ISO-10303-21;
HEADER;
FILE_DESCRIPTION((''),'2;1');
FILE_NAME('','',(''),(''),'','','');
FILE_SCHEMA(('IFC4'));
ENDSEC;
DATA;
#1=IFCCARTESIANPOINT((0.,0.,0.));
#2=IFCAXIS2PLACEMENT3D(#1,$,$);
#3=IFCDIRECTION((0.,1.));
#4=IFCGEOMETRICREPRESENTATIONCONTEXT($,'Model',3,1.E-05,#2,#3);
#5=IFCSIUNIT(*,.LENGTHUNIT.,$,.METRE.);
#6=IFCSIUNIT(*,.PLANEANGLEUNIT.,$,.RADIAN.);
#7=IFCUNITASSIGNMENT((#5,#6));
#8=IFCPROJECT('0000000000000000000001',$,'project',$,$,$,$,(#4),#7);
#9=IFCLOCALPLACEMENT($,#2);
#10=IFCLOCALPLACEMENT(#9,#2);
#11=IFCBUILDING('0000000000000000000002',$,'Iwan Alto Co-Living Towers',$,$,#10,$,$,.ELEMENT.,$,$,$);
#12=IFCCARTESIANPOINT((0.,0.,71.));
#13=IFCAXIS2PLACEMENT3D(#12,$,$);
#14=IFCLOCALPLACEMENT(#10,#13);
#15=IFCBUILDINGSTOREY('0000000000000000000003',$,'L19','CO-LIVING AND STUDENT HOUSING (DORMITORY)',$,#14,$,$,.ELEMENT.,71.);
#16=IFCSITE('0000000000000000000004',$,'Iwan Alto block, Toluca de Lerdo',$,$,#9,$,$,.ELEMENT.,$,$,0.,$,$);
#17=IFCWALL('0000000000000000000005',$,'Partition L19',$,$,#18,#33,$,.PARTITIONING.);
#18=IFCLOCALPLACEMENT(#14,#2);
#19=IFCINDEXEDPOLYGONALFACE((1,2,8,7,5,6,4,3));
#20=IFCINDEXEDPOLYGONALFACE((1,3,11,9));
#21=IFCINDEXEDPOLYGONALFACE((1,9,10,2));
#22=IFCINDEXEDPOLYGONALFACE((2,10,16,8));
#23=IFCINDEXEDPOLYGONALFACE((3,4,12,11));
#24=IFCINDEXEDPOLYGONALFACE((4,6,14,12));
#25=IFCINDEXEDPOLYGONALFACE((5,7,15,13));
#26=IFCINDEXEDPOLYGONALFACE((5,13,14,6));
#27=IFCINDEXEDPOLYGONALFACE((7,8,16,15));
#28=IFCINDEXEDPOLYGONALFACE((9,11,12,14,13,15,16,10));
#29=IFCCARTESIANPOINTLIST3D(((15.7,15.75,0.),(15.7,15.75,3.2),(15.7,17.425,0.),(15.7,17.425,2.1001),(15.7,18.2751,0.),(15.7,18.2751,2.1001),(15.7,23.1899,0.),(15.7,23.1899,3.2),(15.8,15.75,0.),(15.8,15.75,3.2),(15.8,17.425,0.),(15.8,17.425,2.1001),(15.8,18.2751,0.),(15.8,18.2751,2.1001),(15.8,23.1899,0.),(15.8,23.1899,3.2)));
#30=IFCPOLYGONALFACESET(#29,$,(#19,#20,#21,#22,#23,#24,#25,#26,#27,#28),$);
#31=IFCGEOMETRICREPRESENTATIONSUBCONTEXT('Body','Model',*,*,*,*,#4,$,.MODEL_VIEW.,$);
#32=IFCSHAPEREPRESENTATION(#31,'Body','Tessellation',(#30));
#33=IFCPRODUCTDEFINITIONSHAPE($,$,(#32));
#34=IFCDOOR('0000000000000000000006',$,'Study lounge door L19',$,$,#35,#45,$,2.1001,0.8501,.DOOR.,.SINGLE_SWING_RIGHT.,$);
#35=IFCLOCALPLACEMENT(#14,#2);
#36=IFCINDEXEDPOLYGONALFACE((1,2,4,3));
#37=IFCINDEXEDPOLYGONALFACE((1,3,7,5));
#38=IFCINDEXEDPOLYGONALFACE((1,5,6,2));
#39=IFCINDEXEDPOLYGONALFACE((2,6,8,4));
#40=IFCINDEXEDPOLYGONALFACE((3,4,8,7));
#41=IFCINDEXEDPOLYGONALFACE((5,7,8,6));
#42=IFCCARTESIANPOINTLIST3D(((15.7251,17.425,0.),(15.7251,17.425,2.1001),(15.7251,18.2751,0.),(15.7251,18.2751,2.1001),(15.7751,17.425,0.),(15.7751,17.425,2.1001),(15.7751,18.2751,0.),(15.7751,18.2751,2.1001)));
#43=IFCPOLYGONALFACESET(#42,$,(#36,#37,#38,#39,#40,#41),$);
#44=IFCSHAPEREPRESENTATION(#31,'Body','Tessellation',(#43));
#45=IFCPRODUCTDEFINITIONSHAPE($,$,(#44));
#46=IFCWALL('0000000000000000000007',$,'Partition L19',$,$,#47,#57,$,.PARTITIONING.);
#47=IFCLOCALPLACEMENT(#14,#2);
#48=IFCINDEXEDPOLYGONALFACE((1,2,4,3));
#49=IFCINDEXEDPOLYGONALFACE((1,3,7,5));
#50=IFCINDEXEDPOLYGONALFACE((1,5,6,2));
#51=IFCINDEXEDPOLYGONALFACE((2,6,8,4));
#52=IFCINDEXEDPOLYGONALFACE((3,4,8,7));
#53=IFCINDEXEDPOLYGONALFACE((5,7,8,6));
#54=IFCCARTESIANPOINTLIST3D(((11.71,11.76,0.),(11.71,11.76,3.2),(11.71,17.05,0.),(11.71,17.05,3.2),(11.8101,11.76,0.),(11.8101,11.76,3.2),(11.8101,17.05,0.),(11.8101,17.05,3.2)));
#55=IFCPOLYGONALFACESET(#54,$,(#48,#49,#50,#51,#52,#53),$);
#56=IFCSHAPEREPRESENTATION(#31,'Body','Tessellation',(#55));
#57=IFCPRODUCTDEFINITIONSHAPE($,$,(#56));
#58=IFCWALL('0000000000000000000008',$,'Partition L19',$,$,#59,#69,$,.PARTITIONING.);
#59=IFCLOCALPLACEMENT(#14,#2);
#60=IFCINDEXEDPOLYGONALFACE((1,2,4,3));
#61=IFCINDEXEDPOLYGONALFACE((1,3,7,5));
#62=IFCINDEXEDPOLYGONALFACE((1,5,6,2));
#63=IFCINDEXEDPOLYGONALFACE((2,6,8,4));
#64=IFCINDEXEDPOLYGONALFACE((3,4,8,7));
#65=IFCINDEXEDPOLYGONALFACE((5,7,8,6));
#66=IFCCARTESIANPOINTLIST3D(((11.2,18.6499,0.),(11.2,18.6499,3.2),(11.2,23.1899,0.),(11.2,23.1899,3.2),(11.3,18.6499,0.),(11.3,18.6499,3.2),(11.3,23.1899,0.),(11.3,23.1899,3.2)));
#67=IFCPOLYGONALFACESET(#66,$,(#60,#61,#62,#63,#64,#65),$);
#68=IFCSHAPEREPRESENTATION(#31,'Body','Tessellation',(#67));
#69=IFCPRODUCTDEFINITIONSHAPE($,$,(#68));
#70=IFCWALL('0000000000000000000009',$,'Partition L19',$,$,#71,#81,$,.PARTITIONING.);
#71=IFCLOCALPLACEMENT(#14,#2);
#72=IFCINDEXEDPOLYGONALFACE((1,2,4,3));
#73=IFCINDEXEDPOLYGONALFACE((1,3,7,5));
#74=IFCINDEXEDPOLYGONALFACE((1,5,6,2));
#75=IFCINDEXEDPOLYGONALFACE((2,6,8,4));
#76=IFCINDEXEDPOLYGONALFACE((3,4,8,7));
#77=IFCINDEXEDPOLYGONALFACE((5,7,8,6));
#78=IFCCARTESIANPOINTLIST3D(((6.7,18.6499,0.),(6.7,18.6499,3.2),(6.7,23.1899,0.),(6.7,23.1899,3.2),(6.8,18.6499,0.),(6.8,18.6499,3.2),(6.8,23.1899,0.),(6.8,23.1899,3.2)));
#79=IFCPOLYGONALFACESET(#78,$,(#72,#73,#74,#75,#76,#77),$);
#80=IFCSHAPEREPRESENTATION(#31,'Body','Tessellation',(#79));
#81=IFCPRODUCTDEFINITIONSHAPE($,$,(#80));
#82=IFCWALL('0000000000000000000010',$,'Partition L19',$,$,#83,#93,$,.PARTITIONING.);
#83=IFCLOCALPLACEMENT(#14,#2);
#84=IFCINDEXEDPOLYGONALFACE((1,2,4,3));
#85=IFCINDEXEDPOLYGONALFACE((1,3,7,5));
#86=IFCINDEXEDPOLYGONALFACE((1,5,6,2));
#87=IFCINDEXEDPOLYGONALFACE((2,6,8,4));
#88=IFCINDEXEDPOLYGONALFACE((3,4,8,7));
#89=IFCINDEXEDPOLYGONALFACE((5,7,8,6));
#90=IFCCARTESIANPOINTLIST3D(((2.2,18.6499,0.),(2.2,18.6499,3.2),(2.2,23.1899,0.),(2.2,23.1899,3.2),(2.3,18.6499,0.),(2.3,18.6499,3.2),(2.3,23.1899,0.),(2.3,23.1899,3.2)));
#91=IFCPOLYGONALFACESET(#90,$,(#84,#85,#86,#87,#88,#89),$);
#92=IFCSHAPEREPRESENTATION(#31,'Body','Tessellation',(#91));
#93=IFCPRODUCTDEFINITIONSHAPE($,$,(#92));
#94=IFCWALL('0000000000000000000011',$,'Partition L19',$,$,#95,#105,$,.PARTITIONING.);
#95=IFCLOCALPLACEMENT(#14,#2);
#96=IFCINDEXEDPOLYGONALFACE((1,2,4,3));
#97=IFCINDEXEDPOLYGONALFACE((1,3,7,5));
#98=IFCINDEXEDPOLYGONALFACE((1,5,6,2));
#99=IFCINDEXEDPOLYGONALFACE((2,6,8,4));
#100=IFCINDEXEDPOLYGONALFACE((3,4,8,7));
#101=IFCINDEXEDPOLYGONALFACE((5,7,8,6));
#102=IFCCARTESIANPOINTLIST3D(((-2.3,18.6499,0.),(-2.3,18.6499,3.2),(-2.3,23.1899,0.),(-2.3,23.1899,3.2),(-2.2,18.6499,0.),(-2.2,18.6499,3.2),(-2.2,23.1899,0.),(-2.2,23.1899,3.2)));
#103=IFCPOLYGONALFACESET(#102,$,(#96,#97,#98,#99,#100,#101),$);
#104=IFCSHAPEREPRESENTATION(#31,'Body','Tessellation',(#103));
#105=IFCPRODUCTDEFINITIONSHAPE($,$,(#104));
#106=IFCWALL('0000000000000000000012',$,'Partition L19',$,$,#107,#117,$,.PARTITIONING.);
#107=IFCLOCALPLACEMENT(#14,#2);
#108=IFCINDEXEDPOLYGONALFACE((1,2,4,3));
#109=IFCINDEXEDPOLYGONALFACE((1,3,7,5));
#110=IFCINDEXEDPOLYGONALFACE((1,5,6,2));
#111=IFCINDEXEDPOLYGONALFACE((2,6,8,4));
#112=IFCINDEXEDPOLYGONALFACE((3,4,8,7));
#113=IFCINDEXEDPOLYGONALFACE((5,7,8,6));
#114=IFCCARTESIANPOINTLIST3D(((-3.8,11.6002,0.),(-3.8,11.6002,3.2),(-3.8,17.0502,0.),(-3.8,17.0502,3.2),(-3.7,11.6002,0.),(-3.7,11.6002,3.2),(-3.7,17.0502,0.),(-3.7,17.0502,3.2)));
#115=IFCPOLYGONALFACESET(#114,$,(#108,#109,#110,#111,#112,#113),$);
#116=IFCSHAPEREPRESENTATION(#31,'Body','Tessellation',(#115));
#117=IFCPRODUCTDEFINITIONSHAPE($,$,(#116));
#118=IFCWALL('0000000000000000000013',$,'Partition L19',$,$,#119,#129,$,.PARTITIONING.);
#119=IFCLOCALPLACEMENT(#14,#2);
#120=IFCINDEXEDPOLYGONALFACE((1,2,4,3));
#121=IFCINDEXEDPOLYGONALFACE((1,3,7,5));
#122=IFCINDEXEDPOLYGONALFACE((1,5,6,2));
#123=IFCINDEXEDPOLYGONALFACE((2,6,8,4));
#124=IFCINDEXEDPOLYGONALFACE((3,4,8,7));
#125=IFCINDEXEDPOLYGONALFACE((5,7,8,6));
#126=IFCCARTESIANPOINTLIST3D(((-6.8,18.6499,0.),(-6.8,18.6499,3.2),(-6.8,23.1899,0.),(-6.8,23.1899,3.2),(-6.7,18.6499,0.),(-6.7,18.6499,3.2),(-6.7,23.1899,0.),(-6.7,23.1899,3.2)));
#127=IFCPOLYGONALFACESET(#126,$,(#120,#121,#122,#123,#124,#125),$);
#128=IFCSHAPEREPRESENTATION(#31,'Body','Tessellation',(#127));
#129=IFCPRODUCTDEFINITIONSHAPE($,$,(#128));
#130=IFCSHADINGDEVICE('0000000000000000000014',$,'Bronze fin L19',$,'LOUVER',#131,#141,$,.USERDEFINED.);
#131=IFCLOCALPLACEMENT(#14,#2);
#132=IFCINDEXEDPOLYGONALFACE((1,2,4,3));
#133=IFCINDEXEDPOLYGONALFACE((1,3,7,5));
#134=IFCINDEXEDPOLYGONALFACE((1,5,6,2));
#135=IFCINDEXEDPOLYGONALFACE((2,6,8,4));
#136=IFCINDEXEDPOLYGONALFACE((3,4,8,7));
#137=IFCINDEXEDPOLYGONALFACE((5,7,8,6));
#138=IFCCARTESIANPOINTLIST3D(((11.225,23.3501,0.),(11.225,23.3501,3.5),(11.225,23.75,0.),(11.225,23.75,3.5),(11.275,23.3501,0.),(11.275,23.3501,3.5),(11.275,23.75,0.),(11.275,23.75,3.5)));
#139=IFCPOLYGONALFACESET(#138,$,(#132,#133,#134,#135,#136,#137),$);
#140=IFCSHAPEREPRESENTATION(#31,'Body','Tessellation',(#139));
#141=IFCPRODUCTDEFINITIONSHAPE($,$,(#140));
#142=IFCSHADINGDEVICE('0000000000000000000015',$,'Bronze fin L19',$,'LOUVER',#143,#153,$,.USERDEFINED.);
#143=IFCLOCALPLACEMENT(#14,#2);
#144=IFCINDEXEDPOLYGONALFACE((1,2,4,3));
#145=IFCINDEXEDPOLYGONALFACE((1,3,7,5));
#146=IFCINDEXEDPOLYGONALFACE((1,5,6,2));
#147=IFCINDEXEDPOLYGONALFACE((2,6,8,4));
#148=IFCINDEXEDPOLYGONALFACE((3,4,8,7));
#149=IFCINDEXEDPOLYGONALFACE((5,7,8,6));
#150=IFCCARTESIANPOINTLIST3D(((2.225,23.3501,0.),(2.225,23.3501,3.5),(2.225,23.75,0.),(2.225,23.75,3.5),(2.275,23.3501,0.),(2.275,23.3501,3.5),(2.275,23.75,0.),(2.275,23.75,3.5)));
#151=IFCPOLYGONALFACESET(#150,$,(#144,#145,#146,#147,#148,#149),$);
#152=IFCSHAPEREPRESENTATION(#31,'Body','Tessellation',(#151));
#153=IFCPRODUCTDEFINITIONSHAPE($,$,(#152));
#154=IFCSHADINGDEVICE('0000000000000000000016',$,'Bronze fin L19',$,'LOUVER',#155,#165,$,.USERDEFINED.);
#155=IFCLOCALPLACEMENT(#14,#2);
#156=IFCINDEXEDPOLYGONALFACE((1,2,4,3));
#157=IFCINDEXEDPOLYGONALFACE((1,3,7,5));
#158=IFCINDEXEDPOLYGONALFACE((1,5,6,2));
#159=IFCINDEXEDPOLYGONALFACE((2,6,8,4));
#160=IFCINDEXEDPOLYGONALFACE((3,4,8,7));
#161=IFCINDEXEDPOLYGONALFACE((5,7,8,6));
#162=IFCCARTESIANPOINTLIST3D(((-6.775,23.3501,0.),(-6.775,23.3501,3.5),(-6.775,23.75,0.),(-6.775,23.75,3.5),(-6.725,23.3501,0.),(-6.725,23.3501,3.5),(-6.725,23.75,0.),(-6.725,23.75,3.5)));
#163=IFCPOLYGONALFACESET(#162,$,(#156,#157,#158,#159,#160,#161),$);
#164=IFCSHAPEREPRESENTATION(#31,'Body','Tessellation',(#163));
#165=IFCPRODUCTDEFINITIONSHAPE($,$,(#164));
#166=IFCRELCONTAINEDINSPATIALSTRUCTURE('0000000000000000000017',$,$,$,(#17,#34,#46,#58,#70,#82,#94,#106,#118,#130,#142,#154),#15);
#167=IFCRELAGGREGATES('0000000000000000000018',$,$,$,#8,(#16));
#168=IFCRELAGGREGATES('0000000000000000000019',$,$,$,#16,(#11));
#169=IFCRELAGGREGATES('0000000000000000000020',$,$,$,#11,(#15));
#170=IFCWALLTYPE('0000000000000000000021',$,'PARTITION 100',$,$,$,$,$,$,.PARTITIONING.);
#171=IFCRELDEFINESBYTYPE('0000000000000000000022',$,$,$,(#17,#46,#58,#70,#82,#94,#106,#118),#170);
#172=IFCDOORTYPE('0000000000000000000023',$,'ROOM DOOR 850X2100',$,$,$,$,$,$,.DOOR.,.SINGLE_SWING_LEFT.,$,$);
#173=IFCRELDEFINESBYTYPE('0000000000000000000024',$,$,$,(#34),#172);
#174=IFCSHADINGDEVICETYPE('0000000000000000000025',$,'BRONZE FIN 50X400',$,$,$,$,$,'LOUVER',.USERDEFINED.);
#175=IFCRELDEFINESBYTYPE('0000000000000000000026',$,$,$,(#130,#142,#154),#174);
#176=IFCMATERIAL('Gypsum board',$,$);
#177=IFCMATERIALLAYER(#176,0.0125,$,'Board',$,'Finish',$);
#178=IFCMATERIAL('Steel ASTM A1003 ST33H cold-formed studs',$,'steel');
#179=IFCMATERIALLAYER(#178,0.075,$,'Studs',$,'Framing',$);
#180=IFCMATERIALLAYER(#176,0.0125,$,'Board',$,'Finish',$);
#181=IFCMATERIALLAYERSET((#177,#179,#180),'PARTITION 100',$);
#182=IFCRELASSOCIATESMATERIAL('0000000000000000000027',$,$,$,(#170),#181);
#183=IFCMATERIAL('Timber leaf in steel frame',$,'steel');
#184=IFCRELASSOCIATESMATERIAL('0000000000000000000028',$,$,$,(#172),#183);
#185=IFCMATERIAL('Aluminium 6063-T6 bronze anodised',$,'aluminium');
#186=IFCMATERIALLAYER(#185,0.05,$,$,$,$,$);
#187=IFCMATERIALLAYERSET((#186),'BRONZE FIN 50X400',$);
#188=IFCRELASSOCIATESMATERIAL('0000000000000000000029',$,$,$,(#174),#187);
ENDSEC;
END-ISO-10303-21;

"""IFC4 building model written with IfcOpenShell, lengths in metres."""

from ifc_helpers import new_model, si_unit, direction, frame, frame_2d, origin, origin_2d, place, context, subcontext, project, spatial, rectangle, extrude, material, layer, layer_set, type_object, element, fill, save


model = new_model("IFC4")

# Units and contexts
model_context = context("Model", 3, precision=1e-05, world=origin(), true_north=direction((0.0, 1.0)))
body_context = subcontext(model_context, "Body", "Model", "MODEL_VIEW")
ifc_project = project(units=[si_unit("LENGTHUNIT", "METRE"), si_unit("PLANEANGLEUNIT", "RADIAN")], contexts=[model_context])

# Site, building, storey
site_placement = place(None, origin())
site = spatial("IfcSite", under=ifc_project, at=site_placement, Name="Iwan Alto block, Toluca de Lerdo", CompositionType="ELEMENT", RefElevation=0.0)
building_placement = place(site_placement, origin())
building = spatial("IfcBuilding", under=site, at=building_placement, Name="Iwan Alto Co-Living Towers", CompositionType="ELEMENT")
storey_placement = place(building_placement, frame((0.0, 0.0, 71.0)))
storey = spatial("IfcBuildingStorey", under=building, at=storey_placement, Name="L19", Description="CO-LIVING AND STUDENT HOUSING (DORMITORY)", CompositionType="ELEMENT", Elevation=71.0)

# Shared definitions
ifc_material_1 = material(Name="Gypsum board")
ifc_layer_1 = layer(ifc_material_1, 0.0125, Name="Board", Category="Finish")
ifc_material_2 = material(Name="Steel ASTM A1003 ST33H cold-formed studs", Category="steel")
ifc_layer_2 = layer(ifc_material_2, 0.075, Name="Studs", Category="Framing")
ifc_layer_3 = layer(ifc_material_1, 0.0125, Name="Board", Category="Finish")
ifc_layer_set_1 = layer_set([ifc_layer_1, ifc_layer_2, ifc_layer_3], Name="PARTITION 100")
wall_type = type_object("IfcWallType", Name="PARTITION 100", PredefinedType="PARTITIONING", material=ifc_layer_set_1)

# Shared definitions
ifc_material_3 = material(Name="Timber leaf in steel frame", Category="steel")
door_type = type_object("IfcDoorType", Name="ROOM DOOR 850X2100", OperationType="SINGLE_SWING_LEFT", PredefinedType="DOOR", material=ifc_material_3)

# Wall, opening, door
wall_1_placement = place(storey_placement, frame((15.75, 15.75, 0.0), z_axis=(0.0, 0.0, 1.0), x_axis=(0.0, 1.0, 0.0)))
wall_1 = element("IfcWall", 1, at=wall_1_placement, inside=storey, type_object=wall_type, Name="Partition L19", PredefinedType="PARTITIONING", context=body_context, shape_type="SweptSolid", body=[
    extrude(rectangle(XDim=7.4399, YDim=0.1001, at=frame_2d((3.72, 0.0))), origin(), (0.0, 0.0, 1.0), 3.2),
])
opening_1_placement = place(wall_1_placement, frame((1.675, 0.0, 0.0)))
opening_1 = element("IfcOpeningElement", 2, at=opening_1_placement, cuts=wall_1, PredefinedType="OPENING", context=body_context, shape_type="SweptSolid", body=[
    extrude(rectangle(XDim=0.8501, YDim=2.1001, at=frame_2d((0.425, 1.05))), frame((0.0, 0.0601, 0.0), z_axis=(0.0, -1.0, 0.0), x_axis=(1.0, 0.0, 0.0)), (0.0, 0.0, 1.0), 0.1201),
])
door_1_placement = place(opening_1_placement, origin())
door_1 = element("IfcDoor", 3, at=door_1_placement, inside=storey, type_object=door_type, Name="Study lounge door L19", OperationType="SINGLE_SWING_RIGHT", OverallHeight=2.1001, OverallWidth=0.8501, PredefinedType="DOOR", context=body_context, shape_type="SweptSolid", body=[
    extrude(rectangle(XDim=0.8501, YDim=2.1001, at=frame_2d((0.425, 1.05))), frame((0.0, 0.0249, 0.0), z_axis=(0.0, -1.0, 0.0), x_axis=(1.0, 0.0, 0.0)), (0.0, 0.0, 1.0), 0.05),
])
fill(opening_1, door_1)

# Walls
wall_2_placement = place(storey_placement, frame((11.76, 11.76, 0.0), z_axis=(0.0, 0.0, 1.0), x_axis=(0.0, 1.0, 0.0)))
element("IfcWall", 4, at=wall_2_placement, inside=storey, type_object=wall_type, Name="Partition L19", PredefinedType="PARTITIONING", context=body_context, shape_type="SweptSolid", body=[
    extrude(rectangle(XDim=5.29, YDim=0.1001, at=frame_2d((2.645, 0.0))), origin(), (0.0, 0.0, 1.0), 3.2),
])
for number, where, z_axis, x_axis, name in (
    (5, (11.25, 18.6499, 0.0), (0.0, 0.0, 1.0), (0.0, 1.0, 0.0), "Partition L19"),
    (6, (6.75, 18.6499, 0.0), (0.0, 0.0, 1.0), (0.0, 1.0, 0.0), "Partition L19"),
    (7, (2.25, 18.6499, 0.0), (0.0, 0.0, 1.0), (0.0, 1.0, 0.0), "Partition L19"),
    (8, (-2.25, 18.6499, 0.0), (0.0, 0.0, 1.0), (0.0, 1.0, 0.0), "Partition L19"),
):
    element("IfcWall", number, at=place(storey_placement, frame(where, z_axis=z_axis, x_axis=x_axis)), inside=storey, type_object=wall_type, Name=name, PredefinedType="PARTITIONING", context=body_context, shape_type="SweptSolid", body=[
        extrude(rectangle(XDim=4.54, YDim=0.1001, at=frame_2d((2.27, 0.0))), origin(), (0.0, 0.0, 1.0), 3.2),
    ])
wall_3_placement = place(storey_placement, frame((-3.75, 11.6001, 0.0), z_axis=(0.0, 0.0, 1.0), x_axis=(0.0, 1.0, 0.0)))
element("IfcWall", 9, at=wall_3_placement, inside=storey, type_object=wall_type, Name="Partition L19", PredefinedType="PARTITIONING", context=body_context, shape_type="SweptSolid", body=[
    extrude(rectangle(XDim=5.45, YDim=0.1001, at=frame_2d((2.7251, 0.0))), origin(), (0.0, 0.0, 1.0), 3.2),
])
wall_4_placement = place(storey_placement, frame((-6.75, 18.6499, 0.0), z_axis=(0.0, 0.0, 1.0), x_axis=(0.0, 1.0, 0.0)))
element("IfcWall", 10, at=wall_4_placement, inside=storey, type_object=wall_type, Name="Partition L19", PredefinedType="PARTITIONING", context=body_context, shape_type="SweptSolid", body=[
    extrude(rectangle(XDim=4.54, YDim=0.1001, at=frame_2d((2.27, 0.0))), origin(), (0.0, 0.0, 1.0), 3.2),
])

# Shading devices
ifc_material_4 = material(Name="Aluminium 6063-T6 bronze anodised", Category="aluminium")
ifc_layer_4 = layer(ifc_material_4, 0.05)
ifc_layer_set_2 = layer_set([ifc_layer_4], Name="BRONZE FIN 50X400")
shading_device_type = type_object("IfcShadingDeviceType", Name="BRONZE FIN 50X400", ElementType="LOUVER", PredefinedType="USERDEFINED", material=ifc_layer_set_2)
for number, where, z_axis, x_axis, name in (
    (11, (11.25, 23.55, 0.0), (0.0, 0.0, 1.0), (-1.0, 0.0, 0.0), "Bronze fin L19"),
    (12, (2.25, 23.55, 0.0), (0.0, 0.0, 1.0), (-1.0, 0.0, 0.0), "Bronze fin L19"),
    (13, (-6.75, 23.55, 0.0), (0.0, 0.0, 1.0), (-1.0, 0.0, 0.0), "Bronze fin L19"),
):
    element("IfcShadingDevice", number, at=place(storey_placement, frame(where, z_axis=z_axis, x_axis=x_axis)), inside=storey, type_object=shading_device_type, Name=name, ObjectType="LOUVER", PredefinedType="USERDEFINED", context=body_context, shape_type="SweptSolid", body=[
        extrude(rectangle(XDim=0.05, YDim=0.3999, at=origin_2d()), origin(), (0.0, 0.0, 1.0), 3.5),
    ])

save(model, "model.ifc")
